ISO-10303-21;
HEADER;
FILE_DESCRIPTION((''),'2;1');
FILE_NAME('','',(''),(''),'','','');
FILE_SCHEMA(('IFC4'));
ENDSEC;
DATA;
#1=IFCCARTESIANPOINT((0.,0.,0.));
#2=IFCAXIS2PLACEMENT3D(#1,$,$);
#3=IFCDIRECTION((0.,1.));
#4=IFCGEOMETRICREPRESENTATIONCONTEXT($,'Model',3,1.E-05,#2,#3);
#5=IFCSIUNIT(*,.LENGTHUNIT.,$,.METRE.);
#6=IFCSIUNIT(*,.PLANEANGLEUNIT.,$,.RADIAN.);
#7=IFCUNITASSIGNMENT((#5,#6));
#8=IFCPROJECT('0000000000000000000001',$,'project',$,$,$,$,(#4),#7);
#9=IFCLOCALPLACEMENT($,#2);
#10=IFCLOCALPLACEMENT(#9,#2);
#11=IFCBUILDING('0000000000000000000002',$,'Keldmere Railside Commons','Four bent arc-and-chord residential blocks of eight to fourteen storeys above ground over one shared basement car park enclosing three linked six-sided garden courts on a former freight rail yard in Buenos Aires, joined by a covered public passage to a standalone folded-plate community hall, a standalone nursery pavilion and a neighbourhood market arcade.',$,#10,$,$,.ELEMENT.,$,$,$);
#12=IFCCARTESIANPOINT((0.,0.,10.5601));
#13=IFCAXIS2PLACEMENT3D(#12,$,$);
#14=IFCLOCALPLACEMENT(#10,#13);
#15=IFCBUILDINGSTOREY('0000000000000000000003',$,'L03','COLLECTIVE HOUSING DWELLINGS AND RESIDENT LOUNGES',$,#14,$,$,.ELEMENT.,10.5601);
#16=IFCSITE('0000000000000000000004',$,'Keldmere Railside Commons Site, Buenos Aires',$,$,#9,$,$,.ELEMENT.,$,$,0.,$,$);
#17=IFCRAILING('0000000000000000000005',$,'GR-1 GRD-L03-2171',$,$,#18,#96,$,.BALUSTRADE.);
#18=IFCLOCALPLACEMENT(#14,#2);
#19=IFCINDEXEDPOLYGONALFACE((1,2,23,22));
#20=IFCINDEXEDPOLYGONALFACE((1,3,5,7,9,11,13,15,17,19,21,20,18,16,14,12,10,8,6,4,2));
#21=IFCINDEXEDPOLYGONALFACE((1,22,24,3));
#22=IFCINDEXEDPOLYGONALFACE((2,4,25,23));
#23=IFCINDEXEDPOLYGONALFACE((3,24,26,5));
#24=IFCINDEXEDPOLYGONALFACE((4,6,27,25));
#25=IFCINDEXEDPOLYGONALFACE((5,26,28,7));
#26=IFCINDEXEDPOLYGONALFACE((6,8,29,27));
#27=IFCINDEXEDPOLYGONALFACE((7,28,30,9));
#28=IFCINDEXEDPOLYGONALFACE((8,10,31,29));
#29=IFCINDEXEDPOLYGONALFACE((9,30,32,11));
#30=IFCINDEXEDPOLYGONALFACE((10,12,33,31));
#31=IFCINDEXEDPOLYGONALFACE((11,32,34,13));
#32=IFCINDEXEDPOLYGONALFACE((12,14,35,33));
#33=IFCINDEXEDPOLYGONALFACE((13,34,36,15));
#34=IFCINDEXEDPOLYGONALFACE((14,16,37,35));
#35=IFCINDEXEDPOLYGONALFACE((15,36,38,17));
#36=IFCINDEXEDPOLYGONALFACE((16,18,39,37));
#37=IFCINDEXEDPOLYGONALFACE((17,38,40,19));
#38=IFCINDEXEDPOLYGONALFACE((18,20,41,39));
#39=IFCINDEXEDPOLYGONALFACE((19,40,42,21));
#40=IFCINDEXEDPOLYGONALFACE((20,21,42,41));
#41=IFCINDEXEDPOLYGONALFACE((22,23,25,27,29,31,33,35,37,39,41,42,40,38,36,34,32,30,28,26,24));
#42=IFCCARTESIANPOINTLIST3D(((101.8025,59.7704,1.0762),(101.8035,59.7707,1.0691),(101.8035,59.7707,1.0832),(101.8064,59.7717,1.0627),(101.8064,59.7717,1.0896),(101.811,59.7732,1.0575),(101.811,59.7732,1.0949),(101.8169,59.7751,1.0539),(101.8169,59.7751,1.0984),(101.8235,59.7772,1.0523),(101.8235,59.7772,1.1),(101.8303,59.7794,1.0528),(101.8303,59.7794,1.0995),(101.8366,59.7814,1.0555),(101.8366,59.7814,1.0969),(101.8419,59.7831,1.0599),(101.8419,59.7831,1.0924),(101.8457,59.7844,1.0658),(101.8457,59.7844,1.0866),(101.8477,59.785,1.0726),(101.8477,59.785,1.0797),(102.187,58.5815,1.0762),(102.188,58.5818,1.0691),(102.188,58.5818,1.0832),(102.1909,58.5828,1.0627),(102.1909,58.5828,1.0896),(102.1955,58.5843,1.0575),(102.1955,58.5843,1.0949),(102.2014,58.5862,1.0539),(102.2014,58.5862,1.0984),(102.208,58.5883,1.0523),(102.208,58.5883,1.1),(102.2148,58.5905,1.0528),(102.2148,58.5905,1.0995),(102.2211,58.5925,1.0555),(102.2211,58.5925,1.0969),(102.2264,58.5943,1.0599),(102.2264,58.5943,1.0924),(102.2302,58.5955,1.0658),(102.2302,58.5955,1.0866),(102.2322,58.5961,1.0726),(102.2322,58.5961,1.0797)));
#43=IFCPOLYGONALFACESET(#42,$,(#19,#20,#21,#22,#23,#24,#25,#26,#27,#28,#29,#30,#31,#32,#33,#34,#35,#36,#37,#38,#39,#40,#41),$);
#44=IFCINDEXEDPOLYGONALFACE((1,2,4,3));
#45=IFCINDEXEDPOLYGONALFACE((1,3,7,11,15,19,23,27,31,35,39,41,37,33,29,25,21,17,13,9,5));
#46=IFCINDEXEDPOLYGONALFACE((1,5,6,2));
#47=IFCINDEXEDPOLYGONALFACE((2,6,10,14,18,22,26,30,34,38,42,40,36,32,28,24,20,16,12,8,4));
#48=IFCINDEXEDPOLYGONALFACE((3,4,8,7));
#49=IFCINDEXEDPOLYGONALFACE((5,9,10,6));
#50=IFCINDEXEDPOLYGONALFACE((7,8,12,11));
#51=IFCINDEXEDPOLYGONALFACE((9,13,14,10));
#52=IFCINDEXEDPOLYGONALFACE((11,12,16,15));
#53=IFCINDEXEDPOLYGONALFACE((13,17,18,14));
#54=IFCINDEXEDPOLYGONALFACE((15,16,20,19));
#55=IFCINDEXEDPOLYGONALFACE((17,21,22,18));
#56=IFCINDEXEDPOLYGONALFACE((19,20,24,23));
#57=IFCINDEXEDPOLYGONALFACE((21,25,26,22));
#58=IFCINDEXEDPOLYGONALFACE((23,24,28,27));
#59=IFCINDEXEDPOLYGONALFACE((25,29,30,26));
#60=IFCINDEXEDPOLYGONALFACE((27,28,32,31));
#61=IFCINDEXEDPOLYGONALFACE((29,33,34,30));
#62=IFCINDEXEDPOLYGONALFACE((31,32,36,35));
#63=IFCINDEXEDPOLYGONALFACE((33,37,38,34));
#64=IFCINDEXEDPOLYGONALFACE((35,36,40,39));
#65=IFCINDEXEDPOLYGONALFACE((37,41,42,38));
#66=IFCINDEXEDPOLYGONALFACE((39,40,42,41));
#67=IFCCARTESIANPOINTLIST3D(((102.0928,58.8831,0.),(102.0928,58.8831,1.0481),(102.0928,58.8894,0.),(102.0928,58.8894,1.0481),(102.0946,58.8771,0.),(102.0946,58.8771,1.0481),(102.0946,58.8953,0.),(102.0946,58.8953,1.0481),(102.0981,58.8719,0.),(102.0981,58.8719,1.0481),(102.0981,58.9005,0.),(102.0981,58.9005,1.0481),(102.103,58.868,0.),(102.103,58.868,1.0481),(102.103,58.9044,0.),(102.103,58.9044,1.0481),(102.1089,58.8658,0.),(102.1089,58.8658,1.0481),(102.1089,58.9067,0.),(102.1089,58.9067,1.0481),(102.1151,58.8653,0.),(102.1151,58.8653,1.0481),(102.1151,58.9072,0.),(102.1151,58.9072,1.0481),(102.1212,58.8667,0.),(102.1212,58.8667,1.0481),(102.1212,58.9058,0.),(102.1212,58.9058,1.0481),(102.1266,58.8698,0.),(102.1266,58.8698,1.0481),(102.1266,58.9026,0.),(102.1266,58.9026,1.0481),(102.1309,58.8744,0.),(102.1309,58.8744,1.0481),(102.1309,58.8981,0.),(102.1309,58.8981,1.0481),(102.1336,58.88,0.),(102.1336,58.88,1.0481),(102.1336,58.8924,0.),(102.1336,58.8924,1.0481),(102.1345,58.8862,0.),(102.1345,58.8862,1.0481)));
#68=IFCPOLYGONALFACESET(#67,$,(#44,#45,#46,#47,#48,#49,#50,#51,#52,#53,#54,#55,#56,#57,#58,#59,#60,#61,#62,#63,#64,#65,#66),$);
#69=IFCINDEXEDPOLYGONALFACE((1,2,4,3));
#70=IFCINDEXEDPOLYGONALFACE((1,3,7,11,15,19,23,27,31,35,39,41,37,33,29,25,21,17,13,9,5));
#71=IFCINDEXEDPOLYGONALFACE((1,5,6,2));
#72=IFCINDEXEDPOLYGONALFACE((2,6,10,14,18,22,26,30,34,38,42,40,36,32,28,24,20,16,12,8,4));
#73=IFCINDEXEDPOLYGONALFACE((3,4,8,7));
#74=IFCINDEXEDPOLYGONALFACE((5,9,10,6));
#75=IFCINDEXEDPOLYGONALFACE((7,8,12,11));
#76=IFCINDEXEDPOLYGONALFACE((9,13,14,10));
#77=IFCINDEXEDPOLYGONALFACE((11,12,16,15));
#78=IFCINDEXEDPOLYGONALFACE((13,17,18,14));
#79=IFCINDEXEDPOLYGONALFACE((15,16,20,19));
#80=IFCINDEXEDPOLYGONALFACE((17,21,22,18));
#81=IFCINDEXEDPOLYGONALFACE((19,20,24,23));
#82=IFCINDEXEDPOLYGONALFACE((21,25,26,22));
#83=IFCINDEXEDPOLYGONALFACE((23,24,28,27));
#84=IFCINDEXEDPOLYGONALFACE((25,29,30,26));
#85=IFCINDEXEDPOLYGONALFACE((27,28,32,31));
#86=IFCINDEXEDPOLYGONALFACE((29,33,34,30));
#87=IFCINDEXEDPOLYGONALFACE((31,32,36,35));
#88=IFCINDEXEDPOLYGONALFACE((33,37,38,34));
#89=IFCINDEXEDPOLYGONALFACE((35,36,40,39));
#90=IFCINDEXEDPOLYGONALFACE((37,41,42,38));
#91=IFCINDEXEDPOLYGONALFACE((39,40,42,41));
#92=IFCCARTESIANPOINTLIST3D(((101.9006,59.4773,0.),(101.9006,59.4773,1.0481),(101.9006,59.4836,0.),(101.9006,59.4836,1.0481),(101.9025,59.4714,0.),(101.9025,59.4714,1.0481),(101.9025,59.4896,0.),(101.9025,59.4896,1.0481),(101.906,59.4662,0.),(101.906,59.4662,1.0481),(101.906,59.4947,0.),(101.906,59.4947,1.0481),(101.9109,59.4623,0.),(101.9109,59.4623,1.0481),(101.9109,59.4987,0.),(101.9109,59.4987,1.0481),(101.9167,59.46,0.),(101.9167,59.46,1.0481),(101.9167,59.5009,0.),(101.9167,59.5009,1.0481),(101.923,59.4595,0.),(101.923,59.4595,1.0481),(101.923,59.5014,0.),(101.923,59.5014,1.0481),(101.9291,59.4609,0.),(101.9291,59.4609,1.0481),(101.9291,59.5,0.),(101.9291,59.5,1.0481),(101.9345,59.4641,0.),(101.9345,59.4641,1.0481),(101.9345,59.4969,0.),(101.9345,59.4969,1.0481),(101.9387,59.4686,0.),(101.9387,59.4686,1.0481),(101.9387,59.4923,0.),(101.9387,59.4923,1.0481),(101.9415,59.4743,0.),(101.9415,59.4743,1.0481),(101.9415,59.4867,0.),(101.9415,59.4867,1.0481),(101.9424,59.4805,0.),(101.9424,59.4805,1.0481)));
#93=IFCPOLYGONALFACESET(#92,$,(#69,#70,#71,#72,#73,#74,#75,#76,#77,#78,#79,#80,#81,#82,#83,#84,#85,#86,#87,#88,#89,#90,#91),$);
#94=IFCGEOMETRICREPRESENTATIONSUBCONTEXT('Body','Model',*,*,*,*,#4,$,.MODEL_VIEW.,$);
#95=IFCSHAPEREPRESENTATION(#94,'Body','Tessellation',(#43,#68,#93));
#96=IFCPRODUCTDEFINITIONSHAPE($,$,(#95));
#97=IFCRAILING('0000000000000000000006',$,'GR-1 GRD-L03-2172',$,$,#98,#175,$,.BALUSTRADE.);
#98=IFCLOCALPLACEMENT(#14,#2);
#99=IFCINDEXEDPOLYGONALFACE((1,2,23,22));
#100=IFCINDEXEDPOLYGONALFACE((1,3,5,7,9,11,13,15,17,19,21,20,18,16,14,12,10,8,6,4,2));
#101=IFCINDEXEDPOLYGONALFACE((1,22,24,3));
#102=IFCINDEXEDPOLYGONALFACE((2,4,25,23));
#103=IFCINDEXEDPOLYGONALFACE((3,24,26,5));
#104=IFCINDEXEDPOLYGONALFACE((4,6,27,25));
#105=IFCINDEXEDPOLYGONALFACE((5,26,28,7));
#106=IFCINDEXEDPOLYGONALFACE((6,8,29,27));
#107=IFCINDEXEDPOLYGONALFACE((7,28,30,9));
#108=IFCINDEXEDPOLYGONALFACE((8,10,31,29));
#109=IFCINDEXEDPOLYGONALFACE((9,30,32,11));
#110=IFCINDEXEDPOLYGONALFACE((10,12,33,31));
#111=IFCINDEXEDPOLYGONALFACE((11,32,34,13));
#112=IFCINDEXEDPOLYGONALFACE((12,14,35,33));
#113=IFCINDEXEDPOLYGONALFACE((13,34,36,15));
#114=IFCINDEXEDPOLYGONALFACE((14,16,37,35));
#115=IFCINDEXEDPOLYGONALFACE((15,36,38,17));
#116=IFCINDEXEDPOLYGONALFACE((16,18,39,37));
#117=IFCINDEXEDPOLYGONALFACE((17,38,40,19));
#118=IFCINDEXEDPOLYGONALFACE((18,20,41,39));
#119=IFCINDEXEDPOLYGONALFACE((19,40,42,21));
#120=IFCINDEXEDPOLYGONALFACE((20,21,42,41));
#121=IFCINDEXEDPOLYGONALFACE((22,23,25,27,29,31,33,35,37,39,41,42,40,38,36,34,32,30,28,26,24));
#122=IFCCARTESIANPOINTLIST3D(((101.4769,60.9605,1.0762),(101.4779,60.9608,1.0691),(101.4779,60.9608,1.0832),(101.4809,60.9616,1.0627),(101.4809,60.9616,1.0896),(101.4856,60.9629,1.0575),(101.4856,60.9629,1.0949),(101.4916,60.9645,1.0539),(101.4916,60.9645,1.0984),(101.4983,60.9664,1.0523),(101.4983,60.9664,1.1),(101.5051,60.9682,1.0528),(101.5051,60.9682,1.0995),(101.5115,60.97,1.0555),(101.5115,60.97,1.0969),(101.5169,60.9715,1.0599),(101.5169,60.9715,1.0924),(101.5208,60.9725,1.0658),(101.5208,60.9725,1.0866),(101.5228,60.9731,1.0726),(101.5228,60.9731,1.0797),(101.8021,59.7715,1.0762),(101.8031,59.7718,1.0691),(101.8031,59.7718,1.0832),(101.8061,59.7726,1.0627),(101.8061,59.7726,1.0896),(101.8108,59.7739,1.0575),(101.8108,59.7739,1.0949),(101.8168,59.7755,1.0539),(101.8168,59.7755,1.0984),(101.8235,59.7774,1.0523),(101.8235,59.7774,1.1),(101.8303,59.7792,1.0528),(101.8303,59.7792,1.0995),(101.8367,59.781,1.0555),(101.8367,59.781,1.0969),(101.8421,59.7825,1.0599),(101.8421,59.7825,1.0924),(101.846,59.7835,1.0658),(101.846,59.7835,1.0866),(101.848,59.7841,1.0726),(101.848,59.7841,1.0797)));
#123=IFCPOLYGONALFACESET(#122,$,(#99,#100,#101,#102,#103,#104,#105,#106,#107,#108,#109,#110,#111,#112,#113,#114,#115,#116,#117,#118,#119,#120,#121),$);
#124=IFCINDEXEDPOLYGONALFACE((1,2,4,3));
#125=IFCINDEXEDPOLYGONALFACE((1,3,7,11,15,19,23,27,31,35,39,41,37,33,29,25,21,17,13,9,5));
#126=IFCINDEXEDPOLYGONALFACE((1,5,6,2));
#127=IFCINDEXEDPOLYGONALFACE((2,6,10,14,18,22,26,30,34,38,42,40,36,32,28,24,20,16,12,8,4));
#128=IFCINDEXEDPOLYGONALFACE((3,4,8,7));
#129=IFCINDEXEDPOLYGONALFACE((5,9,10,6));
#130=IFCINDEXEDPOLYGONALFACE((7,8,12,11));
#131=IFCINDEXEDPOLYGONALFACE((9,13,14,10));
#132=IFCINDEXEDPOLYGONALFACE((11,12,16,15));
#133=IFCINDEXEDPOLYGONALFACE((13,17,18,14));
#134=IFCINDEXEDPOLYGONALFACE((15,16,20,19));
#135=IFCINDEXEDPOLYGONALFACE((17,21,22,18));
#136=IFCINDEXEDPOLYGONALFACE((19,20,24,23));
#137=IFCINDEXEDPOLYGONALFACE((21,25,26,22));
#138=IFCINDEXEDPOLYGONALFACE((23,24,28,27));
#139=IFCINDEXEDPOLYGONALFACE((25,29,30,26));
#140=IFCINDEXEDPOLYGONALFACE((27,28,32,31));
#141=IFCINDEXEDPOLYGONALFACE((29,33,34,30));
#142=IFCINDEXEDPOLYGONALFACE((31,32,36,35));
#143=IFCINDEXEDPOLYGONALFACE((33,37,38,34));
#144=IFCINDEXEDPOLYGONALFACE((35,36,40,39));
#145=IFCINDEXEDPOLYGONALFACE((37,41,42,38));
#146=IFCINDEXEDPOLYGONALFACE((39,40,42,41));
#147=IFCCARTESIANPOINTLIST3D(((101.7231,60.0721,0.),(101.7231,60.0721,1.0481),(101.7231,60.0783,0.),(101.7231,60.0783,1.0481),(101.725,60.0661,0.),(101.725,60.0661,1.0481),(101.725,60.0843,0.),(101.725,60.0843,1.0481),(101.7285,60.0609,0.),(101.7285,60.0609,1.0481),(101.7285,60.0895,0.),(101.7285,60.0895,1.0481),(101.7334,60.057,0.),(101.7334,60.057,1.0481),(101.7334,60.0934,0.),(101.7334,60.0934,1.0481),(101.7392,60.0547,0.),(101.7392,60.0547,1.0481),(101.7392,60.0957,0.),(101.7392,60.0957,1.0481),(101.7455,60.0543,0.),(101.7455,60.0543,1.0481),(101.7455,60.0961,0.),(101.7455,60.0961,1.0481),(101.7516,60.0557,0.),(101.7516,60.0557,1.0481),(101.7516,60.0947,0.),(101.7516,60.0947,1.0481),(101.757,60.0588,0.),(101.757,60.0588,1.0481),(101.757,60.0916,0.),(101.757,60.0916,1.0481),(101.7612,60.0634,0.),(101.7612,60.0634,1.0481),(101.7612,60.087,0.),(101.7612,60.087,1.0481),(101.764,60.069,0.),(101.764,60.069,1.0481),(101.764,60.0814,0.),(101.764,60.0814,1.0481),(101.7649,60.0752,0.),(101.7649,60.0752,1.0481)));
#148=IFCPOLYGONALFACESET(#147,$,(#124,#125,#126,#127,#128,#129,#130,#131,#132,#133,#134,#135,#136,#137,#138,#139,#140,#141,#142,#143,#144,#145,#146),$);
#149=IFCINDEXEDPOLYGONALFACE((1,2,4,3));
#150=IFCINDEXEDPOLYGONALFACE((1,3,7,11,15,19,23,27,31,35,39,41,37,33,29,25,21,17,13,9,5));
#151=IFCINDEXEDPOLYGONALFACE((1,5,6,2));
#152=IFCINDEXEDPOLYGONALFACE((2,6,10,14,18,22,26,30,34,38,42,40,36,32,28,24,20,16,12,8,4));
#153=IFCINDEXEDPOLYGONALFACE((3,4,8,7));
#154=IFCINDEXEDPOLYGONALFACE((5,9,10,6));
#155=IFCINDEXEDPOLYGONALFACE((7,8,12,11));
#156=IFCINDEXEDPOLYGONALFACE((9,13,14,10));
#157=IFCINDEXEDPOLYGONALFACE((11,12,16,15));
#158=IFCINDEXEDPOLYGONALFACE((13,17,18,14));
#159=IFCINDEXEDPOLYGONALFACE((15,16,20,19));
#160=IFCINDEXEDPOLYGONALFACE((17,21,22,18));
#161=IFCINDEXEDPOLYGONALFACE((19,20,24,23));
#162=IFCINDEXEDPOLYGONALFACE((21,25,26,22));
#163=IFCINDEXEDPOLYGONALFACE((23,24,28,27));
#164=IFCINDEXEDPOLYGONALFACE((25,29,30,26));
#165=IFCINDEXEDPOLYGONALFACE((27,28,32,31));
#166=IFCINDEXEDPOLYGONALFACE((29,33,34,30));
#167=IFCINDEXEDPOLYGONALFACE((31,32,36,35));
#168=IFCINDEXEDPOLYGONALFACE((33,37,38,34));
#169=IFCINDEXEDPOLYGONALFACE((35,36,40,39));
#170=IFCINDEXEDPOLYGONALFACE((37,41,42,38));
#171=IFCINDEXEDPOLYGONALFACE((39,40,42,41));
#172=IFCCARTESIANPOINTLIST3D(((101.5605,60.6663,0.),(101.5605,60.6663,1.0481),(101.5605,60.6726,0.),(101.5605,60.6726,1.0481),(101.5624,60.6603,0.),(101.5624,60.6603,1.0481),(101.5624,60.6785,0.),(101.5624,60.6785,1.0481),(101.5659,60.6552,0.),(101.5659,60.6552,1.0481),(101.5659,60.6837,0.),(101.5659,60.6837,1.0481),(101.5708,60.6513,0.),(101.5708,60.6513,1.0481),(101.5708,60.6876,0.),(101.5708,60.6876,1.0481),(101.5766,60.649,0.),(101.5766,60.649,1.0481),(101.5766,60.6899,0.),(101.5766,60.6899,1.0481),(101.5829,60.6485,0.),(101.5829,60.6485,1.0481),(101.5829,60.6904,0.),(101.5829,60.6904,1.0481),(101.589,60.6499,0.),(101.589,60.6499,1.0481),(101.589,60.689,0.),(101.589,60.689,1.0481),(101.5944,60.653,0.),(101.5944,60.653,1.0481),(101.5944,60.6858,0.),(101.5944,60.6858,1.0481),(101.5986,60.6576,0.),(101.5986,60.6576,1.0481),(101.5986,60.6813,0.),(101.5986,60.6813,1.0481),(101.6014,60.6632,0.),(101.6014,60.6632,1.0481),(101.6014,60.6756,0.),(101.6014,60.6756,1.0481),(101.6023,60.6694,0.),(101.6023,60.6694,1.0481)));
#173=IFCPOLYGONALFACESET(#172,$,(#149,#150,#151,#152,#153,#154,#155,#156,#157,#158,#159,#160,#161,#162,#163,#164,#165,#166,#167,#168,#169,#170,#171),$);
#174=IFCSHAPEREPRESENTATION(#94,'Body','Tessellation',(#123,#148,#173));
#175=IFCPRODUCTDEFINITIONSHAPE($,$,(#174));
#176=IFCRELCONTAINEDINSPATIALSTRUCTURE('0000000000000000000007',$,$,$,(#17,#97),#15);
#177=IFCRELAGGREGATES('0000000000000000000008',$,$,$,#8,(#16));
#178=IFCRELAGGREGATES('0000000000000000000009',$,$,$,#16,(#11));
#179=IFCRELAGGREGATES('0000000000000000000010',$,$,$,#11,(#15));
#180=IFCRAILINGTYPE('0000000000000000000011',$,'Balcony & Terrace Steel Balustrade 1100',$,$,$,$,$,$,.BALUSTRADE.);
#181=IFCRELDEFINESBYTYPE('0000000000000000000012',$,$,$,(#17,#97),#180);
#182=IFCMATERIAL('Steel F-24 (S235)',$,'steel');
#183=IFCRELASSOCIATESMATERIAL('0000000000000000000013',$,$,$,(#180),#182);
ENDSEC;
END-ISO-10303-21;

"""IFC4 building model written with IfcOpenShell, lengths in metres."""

from ifc_helpers import new_model, si_unit, direction, frame, origin, origin_2d, place, context, subcontext, project, spatial, circle, extrude, material, type_object, element, save


model = new_model("IFC4")

# Units and contexts
model_context = context("Model", 3, precision=1e-05, world=origin(), true_north=direction((0.0, 1.0)))
body_context = subcontext(model_context, "Body", "Model", "MODEL_VIEW")
ifc_project = project(units=[si_unit("LENGTHUNIT", "METRE"), si_unit("PLANEANGLEUNIT", "RADIAN")], contexts=[model_context])

# Site, building, storey
site_placement = place(None, origin())
site = spatial("IfcSite", under=ifc_project, at=site_placement, Name="Keldmere Railside Commons Site, Buenos Aires", CompositionType="ELEMENT", RefElevation=0.0)
building_placement = place(site_placement, origin())
building = spatial("IfcBuilding", under=site, at=building_placement, Name="Keldmere Railside Commons", Description="Four bent arc-and-chord residential blocks of eight to fourteen storeys above ground over one shared basement car park enclosing three linked six-sided garden courts on a former freight rail yard in Buenos Aires, joined by a covered public passage to a standalone folded-plate community hall, a standalone nursery pavilion and a neighbourhood market arcade.", CompositionType="ELEMENT")
storey_placement = place(building_placement, frame((0.0, 0.0, 10.5601)))
storey = spatial("IfcBuildingStorey", under=building, at=storey_placement, Name="L03", Description="COLLECTIVE HOUSING DWELLINGS AND RESIDENT LOUNGES", CompositionType="ELEMENT", Elevation=10.5601)

# Railings
ifc_material_1 = material(Name="Steel F-24 (S235)", Category="steel")
railing_type = type_object("IfcRailingType", Name="Balcony & Terrace Steel Balustrade 1100", PredefinedType="BALUSTRADE", material=ifc_material_1)
railing_1_placement = place(storey_placement, frame((102.2097, 58.5889, 0.0)))
element("IfcRailing", 1, at=railing_1_placement, inside=storey, type_object=railing_type, Name="GR-1 GRD-L03-2171", PredefinedType="BALUSTRADE", context=body_context, shape_type="SweptSolid", body=[
    extrude(circle(Radius=0.0239, at=origin_2d()), frame((0.0, 0.0, 1.0762), z_axis=(-0.307716, 0.951478, 0.0), x_axis=(-0.951478, -0.307716, 0.0)), (0.0, 0.0, 1.0), 1.2495),
    extrude(circle(Radius=0.021, at=origin_2d()), frame((-0.0962, 0.2974, 0.0)), (0.0, 0.0, 1.0), 1.0481),
    extrude(circle(Radius=0.021, at=origin_2d()), frame((-0.2883, 0.8916, 0.0)), (0.0, 0.0, 1.0), 1.0481),
])
railing_2_placement = place(storey_placement, frame((101.8252, 59.7778, 0.0)))
element("IfcRailing", 2, at=railing_2_placement, inside=storey, type_object=railing_type, Name="GR-1 GRD-L03-2172", PredefinedType="BALUSTRADE", context=body_context, shape_type="SweptSolid", body=[
    extrude(circle(Radius=0.0239, at=origin_2d()), frame((0.0, 0.0, 1.0762), z_axis=(-0.263821, 0.964572, 0.0), x_axis=(-0.964572, -0.263821, 0.0)), (0.0, 0.0, 1.0), 1.2327),
    extrude(circle(Radius=0.021, at=origin_2d()), frame((-0.0813, 0.2974, 0.0)), (0.0, 0.0, 1.0), 1.0481),
    extrude(circle(Radius=0.021, at=origin_2d()), frame((-0.2439, 0.8916, 0.0)), (0.0, 0.0, 1.0), 1.0481),
])

save(model, "model.ifc")
